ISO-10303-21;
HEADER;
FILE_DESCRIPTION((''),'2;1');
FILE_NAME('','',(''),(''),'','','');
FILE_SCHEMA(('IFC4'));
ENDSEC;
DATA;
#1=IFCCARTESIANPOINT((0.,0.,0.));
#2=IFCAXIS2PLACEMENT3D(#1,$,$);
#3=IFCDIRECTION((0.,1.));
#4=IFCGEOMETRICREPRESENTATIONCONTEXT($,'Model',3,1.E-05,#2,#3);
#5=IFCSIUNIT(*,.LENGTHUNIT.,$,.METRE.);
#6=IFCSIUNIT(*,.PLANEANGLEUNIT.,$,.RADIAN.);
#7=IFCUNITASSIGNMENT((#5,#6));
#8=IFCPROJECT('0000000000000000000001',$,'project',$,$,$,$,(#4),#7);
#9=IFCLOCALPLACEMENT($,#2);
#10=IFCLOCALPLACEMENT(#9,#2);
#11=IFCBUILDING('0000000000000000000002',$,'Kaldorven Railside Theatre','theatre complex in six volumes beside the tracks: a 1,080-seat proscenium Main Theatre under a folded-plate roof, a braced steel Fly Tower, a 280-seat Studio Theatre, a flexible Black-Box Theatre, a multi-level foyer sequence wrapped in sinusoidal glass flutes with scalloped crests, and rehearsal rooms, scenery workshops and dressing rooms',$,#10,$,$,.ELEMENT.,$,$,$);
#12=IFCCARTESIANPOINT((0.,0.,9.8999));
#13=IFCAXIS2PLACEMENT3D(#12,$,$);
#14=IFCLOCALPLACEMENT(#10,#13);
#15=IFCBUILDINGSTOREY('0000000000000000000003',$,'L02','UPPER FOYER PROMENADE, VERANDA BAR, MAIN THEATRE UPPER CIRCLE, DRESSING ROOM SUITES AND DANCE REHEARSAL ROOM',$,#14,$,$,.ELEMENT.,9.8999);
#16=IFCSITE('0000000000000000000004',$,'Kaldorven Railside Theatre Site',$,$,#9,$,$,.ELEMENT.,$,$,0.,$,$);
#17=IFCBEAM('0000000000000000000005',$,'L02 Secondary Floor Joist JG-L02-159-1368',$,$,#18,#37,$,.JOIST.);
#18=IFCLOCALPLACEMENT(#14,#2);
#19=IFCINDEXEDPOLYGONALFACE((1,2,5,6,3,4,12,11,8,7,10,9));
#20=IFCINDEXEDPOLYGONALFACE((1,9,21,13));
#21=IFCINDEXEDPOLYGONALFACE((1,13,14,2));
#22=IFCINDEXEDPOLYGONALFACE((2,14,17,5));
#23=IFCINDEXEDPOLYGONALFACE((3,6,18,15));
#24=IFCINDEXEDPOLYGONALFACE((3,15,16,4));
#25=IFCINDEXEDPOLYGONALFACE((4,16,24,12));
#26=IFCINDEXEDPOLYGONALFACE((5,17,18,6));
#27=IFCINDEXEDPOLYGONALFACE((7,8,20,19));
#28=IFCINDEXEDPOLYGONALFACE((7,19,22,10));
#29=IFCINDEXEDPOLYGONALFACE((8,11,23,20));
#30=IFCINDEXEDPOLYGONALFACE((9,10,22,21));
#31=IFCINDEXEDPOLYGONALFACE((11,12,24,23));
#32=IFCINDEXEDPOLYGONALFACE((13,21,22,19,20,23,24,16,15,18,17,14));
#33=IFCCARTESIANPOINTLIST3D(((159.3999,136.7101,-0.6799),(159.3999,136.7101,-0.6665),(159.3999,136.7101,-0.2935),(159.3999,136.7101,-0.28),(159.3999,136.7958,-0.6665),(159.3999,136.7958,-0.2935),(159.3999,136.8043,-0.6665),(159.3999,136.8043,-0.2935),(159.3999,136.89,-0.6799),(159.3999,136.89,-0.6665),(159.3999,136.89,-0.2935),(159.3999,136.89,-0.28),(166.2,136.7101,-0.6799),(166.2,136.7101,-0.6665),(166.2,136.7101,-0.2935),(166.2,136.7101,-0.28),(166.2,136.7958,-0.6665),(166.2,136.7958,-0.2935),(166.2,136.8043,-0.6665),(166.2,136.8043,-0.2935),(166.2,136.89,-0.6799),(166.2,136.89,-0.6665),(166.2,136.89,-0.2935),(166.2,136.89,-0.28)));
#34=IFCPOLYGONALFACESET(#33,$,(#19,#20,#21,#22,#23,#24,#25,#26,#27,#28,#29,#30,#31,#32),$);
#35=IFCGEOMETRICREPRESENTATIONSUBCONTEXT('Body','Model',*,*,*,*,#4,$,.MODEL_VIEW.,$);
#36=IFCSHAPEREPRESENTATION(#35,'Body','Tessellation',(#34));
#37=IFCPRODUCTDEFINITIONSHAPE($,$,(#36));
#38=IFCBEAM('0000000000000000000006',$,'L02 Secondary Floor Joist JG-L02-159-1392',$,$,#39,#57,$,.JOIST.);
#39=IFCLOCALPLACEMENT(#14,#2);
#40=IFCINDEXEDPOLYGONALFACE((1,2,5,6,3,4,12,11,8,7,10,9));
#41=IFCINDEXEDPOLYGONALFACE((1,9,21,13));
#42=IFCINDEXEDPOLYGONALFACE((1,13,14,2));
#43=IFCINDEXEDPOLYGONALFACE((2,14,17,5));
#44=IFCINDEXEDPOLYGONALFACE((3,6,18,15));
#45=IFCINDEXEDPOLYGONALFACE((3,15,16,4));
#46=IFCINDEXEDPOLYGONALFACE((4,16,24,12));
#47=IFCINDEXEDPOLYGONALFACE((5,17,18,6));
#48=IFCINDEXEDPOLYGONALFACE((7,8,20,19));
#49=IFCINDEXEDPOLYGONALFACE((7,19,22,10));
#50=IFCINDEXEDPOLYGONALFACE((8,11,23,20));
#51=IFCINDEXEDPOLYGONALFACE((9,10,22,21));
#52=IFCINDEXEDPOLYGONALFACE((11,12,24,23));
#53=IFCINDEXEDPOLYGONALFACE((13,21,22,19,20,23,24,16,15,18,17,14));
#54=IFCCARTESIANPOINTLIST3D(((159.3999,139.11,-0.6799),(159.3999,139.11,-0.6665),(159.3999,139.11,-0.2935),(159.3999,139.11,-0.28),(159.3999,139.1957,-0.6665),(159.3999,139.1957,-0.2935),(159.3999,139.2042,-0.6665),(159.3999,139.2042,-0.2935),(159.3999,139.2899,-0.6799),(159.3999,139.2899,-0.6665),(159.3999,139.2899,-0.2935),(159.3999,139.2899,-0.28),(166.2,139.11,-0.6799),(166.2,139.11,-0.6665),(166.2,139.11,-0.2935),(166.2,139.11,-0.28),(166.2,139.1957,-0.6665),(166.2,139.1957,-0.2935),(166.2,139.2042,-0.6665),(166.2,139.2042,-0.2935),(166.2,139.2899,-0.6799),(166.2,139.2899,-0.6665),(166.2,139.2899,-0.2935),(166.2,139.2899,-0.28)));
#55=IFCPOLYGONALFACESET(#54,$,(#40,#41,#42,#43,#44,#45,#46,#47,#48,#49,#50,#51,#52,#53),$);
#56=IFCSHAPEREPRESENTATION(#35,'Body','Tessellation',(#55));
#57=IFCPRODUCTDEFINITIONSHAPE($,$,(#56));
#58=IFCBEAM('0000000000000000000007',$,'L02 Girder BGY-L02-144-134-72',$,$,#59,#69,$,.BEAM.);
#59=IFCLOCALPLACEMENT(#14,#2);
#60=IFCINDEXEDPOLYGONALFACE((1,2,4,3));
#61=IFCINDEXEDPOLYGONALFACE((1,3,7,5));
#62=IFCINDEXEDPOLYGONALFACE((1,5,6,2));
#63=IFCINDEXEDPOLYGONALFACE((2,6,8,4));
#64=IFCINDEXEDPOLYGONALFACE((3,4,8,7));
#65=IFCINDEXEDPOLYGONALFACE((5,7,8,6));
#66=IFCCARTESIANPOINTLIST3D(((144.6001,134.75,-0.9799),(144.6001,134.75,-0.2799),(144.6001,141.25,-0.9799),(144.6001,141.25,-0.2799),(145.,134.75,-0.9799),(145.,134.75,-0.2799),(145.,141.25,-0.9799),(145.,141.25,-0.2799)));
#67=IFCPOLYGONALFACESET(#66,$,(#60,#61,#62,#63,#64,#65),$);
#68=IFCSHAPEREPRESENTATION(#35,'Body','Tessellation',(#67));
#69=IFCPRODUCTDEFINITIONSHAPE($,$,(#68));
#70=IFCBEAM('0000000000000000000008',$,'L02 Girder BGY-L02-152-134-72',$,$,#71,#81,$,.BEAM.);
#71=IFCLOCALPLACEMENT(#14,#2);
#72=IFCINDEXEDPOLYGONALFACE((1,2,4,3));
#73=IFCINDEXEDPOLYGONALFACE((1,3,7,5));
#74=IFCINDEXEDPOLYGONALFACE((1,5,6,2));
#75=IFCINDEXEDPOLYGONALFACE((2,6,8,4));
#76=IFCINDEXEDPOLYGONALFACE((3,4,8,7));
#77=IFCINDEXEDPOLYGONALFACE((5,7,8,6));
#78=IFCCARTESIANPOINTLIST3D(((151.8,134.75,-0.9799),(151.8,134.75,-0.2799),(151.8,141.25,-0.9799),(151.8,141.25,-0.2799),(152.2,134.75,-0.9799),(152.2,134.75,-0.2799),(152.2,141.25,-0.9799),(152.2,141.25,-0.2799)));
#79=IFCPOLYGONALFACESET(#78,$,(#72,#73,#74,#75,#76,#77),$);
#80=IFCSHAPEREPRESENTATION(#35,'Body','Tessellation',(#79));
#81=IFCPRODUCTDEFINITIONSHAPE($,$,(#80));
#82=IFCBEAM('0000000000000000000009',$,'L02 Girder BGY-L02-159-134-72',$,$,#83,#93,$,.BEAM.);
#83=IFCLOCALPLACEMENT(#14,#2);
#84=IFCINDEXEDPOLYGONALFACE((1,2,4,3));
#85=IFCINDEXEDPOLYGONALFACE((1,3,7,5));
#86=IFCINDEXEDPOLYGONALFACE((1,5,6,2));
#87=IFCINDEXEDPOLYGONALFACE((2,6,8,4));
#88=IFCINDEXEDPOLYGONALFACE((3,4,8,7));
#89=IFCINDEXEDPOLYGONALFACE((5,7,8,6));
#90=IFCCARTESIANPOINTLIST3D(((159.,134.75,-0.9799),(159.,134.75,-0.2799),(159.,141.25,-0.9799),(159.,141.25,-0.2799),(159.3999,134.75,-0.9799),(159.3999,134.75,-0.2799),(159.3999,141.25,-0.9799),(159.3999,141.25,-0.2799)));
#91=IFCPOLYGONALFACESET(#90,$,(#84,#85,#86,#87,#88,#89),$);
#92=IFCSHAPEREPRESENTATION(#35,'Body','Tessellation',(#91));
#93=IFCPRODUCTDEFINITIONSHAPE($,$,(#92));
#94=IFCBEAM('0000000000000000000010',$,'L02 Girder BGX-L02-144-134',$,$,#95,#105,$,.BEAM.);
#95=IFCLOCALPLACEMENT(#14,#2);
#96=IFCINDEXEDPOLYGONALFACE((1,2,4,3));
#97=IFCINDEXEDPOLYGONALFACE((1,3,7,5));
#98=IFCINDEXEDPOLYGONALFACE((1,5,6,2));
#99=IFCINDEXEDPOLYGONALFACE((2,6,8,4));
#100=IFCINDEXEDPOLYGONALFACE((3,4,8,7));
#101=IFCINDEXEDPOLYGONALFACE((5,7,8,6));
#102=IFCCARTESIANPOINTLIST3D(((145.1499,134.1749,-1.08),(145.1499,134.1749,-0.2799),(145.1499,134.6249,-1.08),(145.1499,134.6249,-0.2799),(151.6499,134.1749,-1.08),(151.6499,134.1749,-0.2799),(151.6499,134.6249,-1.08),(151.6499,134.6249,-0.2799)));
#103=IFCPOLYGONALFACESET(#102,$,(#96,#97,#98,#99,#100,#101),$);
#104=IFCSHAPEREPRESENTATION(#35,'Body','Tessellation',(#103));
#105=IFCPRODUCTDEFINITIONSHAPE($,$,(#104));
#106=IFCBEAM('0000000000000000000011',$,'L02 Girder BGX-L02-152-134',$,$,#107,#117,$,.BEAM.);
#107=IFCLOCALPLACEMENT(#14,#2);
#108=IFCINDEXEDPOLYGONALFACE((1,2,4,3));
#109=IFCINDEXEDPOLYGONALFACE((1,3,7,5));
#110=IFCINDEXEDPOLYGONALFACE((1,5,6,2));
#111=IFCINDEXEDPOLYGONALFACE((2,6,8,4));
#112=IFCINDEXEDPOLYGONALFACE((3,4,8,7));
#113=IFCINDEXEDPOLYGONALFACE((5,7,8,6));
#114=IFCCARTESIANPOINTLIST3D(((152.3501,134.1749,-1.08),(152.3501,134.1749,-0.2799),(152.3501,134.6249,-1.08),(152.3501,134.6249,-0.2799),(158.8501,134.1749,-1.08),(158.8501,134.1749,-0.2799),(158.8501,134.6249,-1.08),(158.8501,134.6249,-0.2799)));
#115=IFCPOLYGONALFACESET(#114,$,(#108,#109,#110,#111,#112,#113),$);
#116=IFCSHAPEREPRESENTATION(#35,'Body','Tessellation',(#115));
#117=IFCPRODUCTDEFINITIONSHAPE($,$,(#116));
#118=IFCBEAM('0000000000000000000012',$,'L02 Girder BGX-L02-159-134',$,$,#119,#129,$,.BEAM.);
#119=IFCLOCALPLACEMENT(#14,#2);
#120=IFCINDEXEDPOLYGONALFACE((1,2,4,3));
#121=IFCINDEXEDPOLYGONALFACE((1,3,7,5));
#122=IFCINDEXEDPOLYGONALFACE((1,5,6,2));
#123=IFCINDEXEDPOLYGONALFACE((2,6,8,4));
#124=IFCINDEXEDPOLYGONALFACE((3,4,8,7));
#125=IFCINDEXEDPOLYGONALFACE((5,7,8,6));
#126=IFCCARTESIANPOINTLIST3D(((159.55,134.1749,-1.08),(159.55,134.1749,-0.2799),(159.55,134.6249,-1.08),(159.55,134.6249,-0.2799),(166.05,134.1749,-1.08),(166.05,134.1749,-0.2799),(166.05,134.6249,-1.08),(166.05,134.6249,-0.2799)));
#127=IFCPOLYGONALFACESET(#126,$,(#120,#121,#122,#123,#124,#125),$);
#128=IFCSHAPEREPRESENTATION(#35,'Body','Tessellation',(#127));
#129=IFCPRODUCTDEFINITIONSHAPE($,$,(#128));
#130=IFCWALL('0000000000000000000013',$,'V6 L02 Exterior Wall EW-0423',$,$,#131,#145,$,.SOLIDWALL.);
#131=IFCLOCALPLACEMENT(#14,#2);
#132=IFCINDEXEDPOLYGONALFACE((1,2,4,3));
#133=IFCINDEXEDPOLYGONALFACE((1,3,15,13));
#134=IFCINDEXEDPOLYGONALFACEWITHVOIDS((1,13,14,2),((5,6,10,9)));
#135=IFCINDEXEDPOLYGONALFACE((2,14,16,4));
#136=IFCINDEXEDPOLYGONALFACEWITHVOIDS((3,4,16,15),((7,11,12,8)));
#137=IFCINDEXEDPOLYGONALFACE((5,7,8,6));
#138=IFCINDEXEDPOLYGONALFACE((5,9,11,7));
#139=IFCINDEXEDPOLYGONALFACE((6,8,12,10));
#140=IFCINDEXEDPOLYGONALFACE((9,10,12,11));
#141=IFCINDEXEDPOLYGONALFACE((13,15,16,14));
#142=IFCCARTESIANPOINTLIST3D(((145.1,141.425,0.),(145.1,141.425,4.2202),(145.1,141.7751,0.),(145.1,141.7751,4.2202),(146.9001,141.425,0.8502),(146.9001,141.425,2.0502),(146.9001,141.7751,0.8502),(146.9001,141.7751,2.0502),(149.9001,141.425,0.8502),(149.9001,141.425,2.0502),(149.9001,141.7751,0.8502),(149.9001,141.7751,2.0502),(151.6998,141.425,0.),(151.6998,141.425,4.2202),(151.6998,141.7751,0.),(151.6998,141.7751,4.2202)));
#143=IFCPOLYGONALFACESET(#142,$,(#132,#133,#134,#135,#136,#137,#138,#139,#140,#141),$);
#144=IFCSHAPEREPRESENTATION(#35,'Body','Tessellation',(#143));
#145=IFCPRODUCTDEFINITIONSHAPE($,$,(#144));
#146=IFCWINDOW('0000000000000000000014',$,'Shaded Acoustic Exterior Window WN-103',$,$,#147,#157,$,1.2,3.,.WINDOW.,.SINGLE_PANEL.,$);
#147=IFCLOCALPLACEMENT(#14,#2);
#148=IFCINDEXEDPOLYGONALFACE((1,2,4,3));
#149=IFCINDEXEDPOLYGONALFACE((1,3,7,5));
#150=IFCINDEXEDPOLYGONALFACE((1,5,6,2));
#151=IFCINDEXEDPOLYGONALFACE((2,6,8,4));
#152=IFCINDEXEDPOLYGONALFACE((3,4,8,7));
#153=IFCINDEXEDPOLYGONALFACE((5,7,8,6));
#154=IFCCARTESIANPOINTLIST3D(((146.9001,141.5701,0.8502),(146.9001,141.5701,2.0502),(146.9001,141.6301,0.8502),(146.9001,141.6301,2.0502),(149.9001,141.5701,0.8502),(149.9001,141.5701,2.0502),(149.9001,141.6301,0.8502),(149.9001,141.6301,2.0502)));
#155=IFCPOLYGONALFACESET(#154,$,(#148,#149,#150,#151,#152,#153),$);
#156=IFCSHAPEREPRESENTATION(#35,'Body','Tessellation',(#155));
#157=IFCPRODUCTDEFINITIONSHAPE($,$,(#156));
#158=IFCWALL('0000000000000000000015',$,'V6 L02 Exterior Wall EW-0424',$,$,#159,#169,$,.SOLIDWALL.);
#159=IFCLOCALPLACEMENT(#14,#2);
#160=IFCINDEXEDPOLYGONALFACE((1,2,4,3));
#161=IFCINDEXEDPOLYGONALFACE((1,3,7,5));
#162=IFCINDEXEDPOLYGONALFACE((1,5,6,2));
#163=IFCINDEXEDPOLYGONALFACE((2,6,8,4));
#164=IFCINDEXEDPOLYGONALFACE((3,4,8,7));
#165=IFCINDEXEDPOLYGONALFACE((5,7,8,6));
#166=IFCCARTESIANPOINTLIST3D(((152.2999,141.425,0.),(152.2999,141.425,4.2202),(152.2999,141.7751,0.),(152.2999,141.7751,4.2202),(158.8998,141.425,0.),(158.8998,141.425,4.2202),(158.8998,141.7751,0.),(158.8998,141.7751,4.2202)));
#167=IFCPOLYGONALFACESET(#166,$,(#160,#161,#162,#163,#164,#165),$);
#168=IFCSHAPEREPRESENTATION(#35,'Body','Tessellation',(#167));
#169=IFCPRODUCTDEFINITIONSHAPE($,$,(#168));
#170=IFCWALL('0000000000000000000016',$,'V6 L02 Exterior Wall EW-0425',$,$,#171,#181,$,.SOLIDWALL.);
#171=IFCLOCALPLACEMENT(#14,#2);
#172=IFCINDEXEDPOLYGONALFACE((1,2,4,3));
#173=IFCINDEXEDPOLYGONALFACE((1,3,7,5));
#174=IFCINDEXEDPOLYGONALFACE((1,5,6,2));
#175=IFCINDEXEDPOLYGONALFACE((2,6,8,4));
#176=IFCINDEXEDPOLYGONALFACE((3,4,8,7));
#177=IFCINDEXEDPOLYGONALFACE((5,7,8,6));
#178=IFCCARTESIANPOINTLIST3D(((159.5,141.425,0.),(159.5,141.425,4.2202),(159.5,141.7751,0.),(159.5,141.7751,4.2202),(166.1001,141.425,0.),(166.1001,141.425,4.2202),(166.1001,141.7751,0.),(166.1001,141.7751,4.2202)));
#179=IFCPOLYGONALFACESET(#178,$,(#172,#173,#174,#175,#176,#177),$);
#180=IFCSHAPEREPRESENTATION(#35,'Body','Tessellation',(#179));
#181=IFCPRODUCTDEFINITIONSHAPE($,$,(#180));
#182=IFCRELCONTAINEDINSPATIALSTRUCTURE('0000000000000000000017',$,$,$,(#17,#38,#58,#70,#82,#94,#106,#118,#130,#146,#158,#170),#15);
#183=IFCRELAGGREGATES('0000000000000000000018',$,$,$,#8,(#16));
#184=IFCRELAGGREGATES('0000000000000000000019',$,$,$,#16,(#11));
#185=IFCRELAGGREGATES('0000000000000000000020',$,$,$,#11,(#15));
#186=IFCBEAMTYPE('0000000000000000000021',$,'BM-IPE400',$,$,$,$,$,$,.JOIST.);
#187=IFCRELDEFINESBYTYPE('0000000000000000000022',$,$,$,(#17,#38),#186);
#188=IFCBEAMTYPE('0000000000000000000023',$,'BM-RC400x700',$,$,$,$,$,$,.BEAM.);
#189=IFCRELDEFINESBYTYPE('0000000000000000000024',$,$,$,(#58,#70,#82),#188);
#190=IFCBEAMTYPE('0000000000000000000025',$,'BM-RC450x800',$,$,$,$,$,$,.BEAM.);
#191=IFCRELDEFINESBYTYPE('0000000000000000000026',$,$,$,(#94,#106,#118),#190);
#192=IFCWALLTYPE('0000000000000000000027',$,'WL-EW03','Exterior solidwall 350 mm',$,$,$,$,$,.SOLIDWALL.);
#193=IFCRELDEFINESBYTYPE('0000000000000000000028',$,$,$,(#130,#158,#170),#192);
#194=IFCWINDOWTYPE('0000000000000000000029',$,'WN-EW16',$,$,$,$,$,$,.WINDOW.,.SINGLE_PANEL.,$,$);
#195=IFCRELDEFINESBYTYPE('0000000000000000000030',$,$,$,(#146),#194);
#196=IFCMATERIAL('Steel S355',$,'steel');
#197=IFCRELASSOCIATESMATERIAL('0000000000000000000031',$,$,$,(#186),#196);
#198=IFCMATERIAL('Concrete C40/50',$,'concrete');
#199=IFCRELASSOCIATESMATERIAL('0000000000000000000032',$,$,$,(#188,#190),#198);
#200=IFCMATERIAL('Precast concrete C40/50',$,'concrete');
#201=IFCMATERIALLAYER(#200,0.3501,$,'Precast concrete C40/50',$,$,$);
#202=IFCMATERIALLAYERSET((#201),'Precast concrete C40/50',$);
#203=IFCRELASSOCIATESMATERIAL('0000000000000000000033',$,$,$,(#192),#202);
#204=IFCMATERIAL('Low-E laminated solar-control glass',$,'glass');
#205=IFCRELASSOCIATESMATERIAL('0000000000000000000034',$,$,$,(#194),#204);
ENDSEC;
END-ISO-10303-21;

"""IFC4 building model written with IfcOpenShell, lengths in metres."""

from ifc_helpers import new_model, si_unit, direction, frame, frame_2d, origin, origin_2d, place, context, subcontext, project, spatial, rectangle, i_section, extrude, material, layer, layer_set, material_profile, profile_set, type_object, element, fill, save


model = new_model("IFC4")

# Units and contexts
model_context = context("Model", 3, precision=1e-05, world=origin(), true_north=direction((0.0, 1.0)))
body_context = subcontext(model_context, "Body", "Model", "MODEL_VIEW")
ifc_project = project(units=[si_unit("LENGTHUNIT", "METRE"), si_unit("PLANEANGLEUNIT", "RADIAN")], contexts=[model_context])

# Site, building, storey
site_placement = place(None, origin())
site = spatial("IfcSite", under=ifc_project, at=site_placement, Name="Kaldorven Railside Theatre Site", CompositionType="ELEMENT", RefElevation=0.0)
building_placement = place(site_placement, origin())
building = spatial("IfcBuilding", under=site, at=building_placement, Name="Kaldorven Railside Theatre", Description="theatre complex in six volumes beside the tracks: a 1,080-seat proscenium Main Theatre under a folded-plate roof, a braced steel Fly Tower, a 280-seat Studio Theatre, a flexible Black-Box Theatre, a multi-level foyer sequence wrapped in sinusoidal glass flutes with scalloped crests, and rehearsal rooms, scenery workshops and dressing rooms", CompositionType="ELEMENT")
storey_placement = place(building_placement, frame((0.0, 0.0, 9.8999)))
storey = spatial("IfcBuildingStorey", under=building, at=storey_placement, Name="L02", Description="UPPER FOYER PROMENADE, VERANDA BAR, MAIN THEATRE UPPER CIRCLE, DRESSING ROOM SUITES AND DANCE REHEARSAL ROOM", CompositionType="ELEMENT", Elevation=9.8999)

# Shared definitions
ifc_material_1 = material(Name="Concrete C40/50", Category="concrete")

# Beams
ifc_material_2 = material(Name="Steel S355", Category="steel")
ifc_material_profile_1 = material_profile(ifc_material_2, i_section(OverallWidth=0.1799, OverallDepth=0.3999, WebThickness=0.0085, FlangeThickness=0.0134, at=origin_2d()), Name="IPE 400")
ifc_profile_set_1 = profile_set([ifc_material_profile_1], Name="Steel S355")
beam_type_1 = type_object("IfcBeamType", Name="BM-IPE400", PredefinedType="JOIST", material=ifc_profile_set_1)
for number, where, z_axis, x_axis, name in (
    (1, (159.3999, 136.8, -0.48), (1.0, 0.0, 0.0), (0.0, 1.0, 0.0), "L02 Secondary Floor Joist JG-L02-159-1368"),
    (2, (159.3999, 139.2, -0.48), (1.0, 0.0, 0.0), (0.0, 1.0, 0.0), "L02 Secondary Floor Joist JG-L02-159-1392"),
):
    element("IfcBeam", number, at=place(storey_placement, frame(where, z_axis=z_axis, x_axis=x_axis)), inside=storey, type_object=beam_type_1, Name=name, PredefinedType="JOIST", context=body_context, shape_type="SweptSolid", body=[
        extrude(i_section(OverallWidth=0.1799, OverallDepth=0.3999, WebThickness=0.0085, FlangeThickness=0.0134, at=origin_2d()), origin(), (0.0, 0.0, 1.0), 6.8),
    ])
ifc_material_profile_2 = material_profile(ifc_material_1, rectangle(XDim=0.3999, YDim=0.7, at=origin_2d()), Name="RC 400x700")
ifc_profile_set_2 = profile_set([ifc_material_profile_2], Name="Concrete C40/50")
beam_type_2 = type_object("IfcBeamType", Name="BM-RC400x700", PredefinedType="BEAM", material=ifc_profile_set_2)
for number, where, z_axis, x_axis, name in (
    (3, (144.8, 134.75, -0.6299), (0.0, 1.0, 0.0), (-1.0, 0.0, 0.0), "L02 Girder BGY-L02-144-134-72"),
    (4, (152.0, 134.75, -0.6299), (0.0, 1.0, 0.0), (-1.0, 0.0, 0.0), "L02 Girder BGY-L02-152-134-72"),
    (5, (159.2, 134.75, -0.6299), (0.0, 1.0, 0.0), (-1.0, 0.0, 0.0), "L02 Girder BGY-L02-159-134-72"),
):
    element("IfcBeam", number, at=place(storey_placement, frame(where, z_axis=z_axis, x_axis=x_axis)), inside=storey, type_object=beam_type_2, Name=name, PredefinedType="BEAM", context=body_context, shape_type="SweptSolid", body=[
        extrude(rectangle(XDim=0.3999, YDim=0.7, at=origin_2d()), origin(), (0.0, 0.0, 1.0), 6.5),
    ])
ifc_material_profile_3 = material_profile(ifc_material_1, rectangle(XDim=0.45, YDim=0.8, at=origin_2d()), Name="RC 450x800")
ifc_profile_set_3 = profile_set([ifc_material_profile_3], Name="Concrete C40/50")
beam_type_3 = type_object("IfcBeamType", Name="BM-RC450x800", PredefinedType="BEAM", material=ifc_profile_set_3)
for number, where, z_axis, x_axis, name in (
    (6, (145.1499, 134.3999, -0.6799), (1.0, 0.0, 0.0), (0.0, 1.0, 0.0), "L02 Girder BGX-L02-144-134"),
    (7, (152.3501, 134.3999, -0.6799), (1.0, 0.0, 0.0), (0.0, 1.0, 0.0), "L02 Girder BGX-L02-152-134"),
    (8, (159.55, 134.3999, -0.6799), (1.0, 0.0, 0.0), (0.0, 1.0, 0.0), "L02 Girder BGX-L02-159-134"),
):
    element("IfcBeam", number, at=place(storey_placement, frame(where, z_axis=z_axis, x_axis=x_axis)), inside=storey, type_object=beam_type_3, Name=name, PredefinedType="BEAM", context=body_context, shape_type="SweptSolid", body=[
        extrude(rectangle(XDim=0.45, YDim=0.8, at=origin_2d()), origin(), (0.0, 0.0, 1.0), 6.5),
    ])

# Wall, opening, window
ifc_material_3 = material(Name="Precast concrete C40/50", Category="concrete")
ifc_layer_1 = layer(ifc_material_3, 0.3501, Name="Precast concrete C40/50")
ifc_layer_set_1 = layer_set([ifc_layer_1], Name="Precast concrete C40/50")
wall_type_1 = type_object("IfcWallType", Name="WL-EW03", Description="Exterior solidwall 350 mm", PredefinedType="SOLIDWALL", material=ifc_layer_set_1)
wall_1_placement = place(storey_placement, frame((145.1001, 141.6001, 0.0), z_axis=(0.0, 0.0, 1.0), x_axis=(1.0, 0.0, 0.0)))
wall_1 = element("IfcWall", 9, at=wall_1_placement, inside=storey, type_object=wall_type_1, Name="V6 L02 Exterior Wall EW-0423", PredefinedType="SOLIDWALL", context=body_context, shape_type="SweptSolid", body=[
    extrude(rectangle(XDim=6.5999, YDim=0.3501, at=frame_2d((3.2998, 0.0))), origin(), (0.0, 0.0, 1.0), 4.2202),
])
opening_1_placement = place(wall_1_placement, frame((1.8, 0.0, 0.8501)))
opening_1 = element("IfcOpeningElement", 10, at=opening_1_placement, cuts=wall_1, PredefinedType="OPENING", context=body_context, shape_type="SweptSolid", body=[
    extrude(rectangle(XDim=3.0, YDim=1.2, at=frame_2d((1.5, 0.6001))), frame((0.0, 0.1851, 0.0), z_axis=(0.0, -1.0, 0.0), x_axis=(1.0, 0.0, 0.0)), (0.0, 0.0, 1.0), 0.3701),
])
ifc_material_4 = material(Name="Low-E laminated solar-control glass", Category="glass")
window_type_1 = type_object("IfcWindowType", Name="WN-EW16", PartitioningType="SINGLE_PANEL", PredefinedType="WINDOW", material=ifc_material_4)
window_1_placement = place(opening_1_placement, origin())
window_1 = element("IfcWindow", 11, at=window_1_placement, inside=storey, type_object=window_type_1, Name="Shaded Acoustic Exterior Window WN-103", OverallHeight=1.2, OverallWidth=3.0, PartitioningType="SINGLE_PANEL", PredefinedType="WINDOW", context=body_context, shape_type="SweptSolid", body=[
    extrude(rectangle(XDim=3.0, YDim=1.2, at=frame_2d((1.5, 0.6001))), frame((0.0, 0.03, 0.0), z_axis=(0.0, -1.0, 0.0), x_axis=(1.0, 0.0, 0.0)), (0.0, 0.0, 1.0), 0.0601),
])
fill(opening_1, window_1)

# Walls
wall_2_placement = place(storey_placement, frame((152.3, 141.6001, 0.0), z_axis=(0.0, 0.0, 1.0), x_axis=(1.0, 0.0, 0.0)))
element("IfcWall", 12, at=wall_2_placement, inside=storey, type_object=wall_type_1, Name="V6 L02 Exterior Wall EW-0424", PredefinedType="SOLIDWALL", context=body_context, shape_type="SweptSolid", body=[
    extrude(rectangle(XDim=6.5999, YDim=0.3501, at=frame_2d((3.2998, 0.0))), origin(), (0.0, 0.0, 1.0), 4.2202),
])
wall_3_placement = place(storey_placement, frame((159.5, 141.6001, 0.0), z_axis=(0.0, 0.0, 1.0), x_axis=(1.0, 0.0, 0.0)))
element("IfcWall", 13, at=wall_3_placement, inside=storey, type_object=wall_type_1, Name="V6 L02 Exterior Wall EW-0425", PredefinedType="SOLIDWALL", context=body_context, shape_type="SweptSolid", body=[
    extrude(rectangle(XDim=6.6001, YDim=0.3501, at=frame_2d((3.3, 0.0))), origin(), (0.0, 0.0, 1.0), 4.2202),
])

save(model, "model.ifc")
